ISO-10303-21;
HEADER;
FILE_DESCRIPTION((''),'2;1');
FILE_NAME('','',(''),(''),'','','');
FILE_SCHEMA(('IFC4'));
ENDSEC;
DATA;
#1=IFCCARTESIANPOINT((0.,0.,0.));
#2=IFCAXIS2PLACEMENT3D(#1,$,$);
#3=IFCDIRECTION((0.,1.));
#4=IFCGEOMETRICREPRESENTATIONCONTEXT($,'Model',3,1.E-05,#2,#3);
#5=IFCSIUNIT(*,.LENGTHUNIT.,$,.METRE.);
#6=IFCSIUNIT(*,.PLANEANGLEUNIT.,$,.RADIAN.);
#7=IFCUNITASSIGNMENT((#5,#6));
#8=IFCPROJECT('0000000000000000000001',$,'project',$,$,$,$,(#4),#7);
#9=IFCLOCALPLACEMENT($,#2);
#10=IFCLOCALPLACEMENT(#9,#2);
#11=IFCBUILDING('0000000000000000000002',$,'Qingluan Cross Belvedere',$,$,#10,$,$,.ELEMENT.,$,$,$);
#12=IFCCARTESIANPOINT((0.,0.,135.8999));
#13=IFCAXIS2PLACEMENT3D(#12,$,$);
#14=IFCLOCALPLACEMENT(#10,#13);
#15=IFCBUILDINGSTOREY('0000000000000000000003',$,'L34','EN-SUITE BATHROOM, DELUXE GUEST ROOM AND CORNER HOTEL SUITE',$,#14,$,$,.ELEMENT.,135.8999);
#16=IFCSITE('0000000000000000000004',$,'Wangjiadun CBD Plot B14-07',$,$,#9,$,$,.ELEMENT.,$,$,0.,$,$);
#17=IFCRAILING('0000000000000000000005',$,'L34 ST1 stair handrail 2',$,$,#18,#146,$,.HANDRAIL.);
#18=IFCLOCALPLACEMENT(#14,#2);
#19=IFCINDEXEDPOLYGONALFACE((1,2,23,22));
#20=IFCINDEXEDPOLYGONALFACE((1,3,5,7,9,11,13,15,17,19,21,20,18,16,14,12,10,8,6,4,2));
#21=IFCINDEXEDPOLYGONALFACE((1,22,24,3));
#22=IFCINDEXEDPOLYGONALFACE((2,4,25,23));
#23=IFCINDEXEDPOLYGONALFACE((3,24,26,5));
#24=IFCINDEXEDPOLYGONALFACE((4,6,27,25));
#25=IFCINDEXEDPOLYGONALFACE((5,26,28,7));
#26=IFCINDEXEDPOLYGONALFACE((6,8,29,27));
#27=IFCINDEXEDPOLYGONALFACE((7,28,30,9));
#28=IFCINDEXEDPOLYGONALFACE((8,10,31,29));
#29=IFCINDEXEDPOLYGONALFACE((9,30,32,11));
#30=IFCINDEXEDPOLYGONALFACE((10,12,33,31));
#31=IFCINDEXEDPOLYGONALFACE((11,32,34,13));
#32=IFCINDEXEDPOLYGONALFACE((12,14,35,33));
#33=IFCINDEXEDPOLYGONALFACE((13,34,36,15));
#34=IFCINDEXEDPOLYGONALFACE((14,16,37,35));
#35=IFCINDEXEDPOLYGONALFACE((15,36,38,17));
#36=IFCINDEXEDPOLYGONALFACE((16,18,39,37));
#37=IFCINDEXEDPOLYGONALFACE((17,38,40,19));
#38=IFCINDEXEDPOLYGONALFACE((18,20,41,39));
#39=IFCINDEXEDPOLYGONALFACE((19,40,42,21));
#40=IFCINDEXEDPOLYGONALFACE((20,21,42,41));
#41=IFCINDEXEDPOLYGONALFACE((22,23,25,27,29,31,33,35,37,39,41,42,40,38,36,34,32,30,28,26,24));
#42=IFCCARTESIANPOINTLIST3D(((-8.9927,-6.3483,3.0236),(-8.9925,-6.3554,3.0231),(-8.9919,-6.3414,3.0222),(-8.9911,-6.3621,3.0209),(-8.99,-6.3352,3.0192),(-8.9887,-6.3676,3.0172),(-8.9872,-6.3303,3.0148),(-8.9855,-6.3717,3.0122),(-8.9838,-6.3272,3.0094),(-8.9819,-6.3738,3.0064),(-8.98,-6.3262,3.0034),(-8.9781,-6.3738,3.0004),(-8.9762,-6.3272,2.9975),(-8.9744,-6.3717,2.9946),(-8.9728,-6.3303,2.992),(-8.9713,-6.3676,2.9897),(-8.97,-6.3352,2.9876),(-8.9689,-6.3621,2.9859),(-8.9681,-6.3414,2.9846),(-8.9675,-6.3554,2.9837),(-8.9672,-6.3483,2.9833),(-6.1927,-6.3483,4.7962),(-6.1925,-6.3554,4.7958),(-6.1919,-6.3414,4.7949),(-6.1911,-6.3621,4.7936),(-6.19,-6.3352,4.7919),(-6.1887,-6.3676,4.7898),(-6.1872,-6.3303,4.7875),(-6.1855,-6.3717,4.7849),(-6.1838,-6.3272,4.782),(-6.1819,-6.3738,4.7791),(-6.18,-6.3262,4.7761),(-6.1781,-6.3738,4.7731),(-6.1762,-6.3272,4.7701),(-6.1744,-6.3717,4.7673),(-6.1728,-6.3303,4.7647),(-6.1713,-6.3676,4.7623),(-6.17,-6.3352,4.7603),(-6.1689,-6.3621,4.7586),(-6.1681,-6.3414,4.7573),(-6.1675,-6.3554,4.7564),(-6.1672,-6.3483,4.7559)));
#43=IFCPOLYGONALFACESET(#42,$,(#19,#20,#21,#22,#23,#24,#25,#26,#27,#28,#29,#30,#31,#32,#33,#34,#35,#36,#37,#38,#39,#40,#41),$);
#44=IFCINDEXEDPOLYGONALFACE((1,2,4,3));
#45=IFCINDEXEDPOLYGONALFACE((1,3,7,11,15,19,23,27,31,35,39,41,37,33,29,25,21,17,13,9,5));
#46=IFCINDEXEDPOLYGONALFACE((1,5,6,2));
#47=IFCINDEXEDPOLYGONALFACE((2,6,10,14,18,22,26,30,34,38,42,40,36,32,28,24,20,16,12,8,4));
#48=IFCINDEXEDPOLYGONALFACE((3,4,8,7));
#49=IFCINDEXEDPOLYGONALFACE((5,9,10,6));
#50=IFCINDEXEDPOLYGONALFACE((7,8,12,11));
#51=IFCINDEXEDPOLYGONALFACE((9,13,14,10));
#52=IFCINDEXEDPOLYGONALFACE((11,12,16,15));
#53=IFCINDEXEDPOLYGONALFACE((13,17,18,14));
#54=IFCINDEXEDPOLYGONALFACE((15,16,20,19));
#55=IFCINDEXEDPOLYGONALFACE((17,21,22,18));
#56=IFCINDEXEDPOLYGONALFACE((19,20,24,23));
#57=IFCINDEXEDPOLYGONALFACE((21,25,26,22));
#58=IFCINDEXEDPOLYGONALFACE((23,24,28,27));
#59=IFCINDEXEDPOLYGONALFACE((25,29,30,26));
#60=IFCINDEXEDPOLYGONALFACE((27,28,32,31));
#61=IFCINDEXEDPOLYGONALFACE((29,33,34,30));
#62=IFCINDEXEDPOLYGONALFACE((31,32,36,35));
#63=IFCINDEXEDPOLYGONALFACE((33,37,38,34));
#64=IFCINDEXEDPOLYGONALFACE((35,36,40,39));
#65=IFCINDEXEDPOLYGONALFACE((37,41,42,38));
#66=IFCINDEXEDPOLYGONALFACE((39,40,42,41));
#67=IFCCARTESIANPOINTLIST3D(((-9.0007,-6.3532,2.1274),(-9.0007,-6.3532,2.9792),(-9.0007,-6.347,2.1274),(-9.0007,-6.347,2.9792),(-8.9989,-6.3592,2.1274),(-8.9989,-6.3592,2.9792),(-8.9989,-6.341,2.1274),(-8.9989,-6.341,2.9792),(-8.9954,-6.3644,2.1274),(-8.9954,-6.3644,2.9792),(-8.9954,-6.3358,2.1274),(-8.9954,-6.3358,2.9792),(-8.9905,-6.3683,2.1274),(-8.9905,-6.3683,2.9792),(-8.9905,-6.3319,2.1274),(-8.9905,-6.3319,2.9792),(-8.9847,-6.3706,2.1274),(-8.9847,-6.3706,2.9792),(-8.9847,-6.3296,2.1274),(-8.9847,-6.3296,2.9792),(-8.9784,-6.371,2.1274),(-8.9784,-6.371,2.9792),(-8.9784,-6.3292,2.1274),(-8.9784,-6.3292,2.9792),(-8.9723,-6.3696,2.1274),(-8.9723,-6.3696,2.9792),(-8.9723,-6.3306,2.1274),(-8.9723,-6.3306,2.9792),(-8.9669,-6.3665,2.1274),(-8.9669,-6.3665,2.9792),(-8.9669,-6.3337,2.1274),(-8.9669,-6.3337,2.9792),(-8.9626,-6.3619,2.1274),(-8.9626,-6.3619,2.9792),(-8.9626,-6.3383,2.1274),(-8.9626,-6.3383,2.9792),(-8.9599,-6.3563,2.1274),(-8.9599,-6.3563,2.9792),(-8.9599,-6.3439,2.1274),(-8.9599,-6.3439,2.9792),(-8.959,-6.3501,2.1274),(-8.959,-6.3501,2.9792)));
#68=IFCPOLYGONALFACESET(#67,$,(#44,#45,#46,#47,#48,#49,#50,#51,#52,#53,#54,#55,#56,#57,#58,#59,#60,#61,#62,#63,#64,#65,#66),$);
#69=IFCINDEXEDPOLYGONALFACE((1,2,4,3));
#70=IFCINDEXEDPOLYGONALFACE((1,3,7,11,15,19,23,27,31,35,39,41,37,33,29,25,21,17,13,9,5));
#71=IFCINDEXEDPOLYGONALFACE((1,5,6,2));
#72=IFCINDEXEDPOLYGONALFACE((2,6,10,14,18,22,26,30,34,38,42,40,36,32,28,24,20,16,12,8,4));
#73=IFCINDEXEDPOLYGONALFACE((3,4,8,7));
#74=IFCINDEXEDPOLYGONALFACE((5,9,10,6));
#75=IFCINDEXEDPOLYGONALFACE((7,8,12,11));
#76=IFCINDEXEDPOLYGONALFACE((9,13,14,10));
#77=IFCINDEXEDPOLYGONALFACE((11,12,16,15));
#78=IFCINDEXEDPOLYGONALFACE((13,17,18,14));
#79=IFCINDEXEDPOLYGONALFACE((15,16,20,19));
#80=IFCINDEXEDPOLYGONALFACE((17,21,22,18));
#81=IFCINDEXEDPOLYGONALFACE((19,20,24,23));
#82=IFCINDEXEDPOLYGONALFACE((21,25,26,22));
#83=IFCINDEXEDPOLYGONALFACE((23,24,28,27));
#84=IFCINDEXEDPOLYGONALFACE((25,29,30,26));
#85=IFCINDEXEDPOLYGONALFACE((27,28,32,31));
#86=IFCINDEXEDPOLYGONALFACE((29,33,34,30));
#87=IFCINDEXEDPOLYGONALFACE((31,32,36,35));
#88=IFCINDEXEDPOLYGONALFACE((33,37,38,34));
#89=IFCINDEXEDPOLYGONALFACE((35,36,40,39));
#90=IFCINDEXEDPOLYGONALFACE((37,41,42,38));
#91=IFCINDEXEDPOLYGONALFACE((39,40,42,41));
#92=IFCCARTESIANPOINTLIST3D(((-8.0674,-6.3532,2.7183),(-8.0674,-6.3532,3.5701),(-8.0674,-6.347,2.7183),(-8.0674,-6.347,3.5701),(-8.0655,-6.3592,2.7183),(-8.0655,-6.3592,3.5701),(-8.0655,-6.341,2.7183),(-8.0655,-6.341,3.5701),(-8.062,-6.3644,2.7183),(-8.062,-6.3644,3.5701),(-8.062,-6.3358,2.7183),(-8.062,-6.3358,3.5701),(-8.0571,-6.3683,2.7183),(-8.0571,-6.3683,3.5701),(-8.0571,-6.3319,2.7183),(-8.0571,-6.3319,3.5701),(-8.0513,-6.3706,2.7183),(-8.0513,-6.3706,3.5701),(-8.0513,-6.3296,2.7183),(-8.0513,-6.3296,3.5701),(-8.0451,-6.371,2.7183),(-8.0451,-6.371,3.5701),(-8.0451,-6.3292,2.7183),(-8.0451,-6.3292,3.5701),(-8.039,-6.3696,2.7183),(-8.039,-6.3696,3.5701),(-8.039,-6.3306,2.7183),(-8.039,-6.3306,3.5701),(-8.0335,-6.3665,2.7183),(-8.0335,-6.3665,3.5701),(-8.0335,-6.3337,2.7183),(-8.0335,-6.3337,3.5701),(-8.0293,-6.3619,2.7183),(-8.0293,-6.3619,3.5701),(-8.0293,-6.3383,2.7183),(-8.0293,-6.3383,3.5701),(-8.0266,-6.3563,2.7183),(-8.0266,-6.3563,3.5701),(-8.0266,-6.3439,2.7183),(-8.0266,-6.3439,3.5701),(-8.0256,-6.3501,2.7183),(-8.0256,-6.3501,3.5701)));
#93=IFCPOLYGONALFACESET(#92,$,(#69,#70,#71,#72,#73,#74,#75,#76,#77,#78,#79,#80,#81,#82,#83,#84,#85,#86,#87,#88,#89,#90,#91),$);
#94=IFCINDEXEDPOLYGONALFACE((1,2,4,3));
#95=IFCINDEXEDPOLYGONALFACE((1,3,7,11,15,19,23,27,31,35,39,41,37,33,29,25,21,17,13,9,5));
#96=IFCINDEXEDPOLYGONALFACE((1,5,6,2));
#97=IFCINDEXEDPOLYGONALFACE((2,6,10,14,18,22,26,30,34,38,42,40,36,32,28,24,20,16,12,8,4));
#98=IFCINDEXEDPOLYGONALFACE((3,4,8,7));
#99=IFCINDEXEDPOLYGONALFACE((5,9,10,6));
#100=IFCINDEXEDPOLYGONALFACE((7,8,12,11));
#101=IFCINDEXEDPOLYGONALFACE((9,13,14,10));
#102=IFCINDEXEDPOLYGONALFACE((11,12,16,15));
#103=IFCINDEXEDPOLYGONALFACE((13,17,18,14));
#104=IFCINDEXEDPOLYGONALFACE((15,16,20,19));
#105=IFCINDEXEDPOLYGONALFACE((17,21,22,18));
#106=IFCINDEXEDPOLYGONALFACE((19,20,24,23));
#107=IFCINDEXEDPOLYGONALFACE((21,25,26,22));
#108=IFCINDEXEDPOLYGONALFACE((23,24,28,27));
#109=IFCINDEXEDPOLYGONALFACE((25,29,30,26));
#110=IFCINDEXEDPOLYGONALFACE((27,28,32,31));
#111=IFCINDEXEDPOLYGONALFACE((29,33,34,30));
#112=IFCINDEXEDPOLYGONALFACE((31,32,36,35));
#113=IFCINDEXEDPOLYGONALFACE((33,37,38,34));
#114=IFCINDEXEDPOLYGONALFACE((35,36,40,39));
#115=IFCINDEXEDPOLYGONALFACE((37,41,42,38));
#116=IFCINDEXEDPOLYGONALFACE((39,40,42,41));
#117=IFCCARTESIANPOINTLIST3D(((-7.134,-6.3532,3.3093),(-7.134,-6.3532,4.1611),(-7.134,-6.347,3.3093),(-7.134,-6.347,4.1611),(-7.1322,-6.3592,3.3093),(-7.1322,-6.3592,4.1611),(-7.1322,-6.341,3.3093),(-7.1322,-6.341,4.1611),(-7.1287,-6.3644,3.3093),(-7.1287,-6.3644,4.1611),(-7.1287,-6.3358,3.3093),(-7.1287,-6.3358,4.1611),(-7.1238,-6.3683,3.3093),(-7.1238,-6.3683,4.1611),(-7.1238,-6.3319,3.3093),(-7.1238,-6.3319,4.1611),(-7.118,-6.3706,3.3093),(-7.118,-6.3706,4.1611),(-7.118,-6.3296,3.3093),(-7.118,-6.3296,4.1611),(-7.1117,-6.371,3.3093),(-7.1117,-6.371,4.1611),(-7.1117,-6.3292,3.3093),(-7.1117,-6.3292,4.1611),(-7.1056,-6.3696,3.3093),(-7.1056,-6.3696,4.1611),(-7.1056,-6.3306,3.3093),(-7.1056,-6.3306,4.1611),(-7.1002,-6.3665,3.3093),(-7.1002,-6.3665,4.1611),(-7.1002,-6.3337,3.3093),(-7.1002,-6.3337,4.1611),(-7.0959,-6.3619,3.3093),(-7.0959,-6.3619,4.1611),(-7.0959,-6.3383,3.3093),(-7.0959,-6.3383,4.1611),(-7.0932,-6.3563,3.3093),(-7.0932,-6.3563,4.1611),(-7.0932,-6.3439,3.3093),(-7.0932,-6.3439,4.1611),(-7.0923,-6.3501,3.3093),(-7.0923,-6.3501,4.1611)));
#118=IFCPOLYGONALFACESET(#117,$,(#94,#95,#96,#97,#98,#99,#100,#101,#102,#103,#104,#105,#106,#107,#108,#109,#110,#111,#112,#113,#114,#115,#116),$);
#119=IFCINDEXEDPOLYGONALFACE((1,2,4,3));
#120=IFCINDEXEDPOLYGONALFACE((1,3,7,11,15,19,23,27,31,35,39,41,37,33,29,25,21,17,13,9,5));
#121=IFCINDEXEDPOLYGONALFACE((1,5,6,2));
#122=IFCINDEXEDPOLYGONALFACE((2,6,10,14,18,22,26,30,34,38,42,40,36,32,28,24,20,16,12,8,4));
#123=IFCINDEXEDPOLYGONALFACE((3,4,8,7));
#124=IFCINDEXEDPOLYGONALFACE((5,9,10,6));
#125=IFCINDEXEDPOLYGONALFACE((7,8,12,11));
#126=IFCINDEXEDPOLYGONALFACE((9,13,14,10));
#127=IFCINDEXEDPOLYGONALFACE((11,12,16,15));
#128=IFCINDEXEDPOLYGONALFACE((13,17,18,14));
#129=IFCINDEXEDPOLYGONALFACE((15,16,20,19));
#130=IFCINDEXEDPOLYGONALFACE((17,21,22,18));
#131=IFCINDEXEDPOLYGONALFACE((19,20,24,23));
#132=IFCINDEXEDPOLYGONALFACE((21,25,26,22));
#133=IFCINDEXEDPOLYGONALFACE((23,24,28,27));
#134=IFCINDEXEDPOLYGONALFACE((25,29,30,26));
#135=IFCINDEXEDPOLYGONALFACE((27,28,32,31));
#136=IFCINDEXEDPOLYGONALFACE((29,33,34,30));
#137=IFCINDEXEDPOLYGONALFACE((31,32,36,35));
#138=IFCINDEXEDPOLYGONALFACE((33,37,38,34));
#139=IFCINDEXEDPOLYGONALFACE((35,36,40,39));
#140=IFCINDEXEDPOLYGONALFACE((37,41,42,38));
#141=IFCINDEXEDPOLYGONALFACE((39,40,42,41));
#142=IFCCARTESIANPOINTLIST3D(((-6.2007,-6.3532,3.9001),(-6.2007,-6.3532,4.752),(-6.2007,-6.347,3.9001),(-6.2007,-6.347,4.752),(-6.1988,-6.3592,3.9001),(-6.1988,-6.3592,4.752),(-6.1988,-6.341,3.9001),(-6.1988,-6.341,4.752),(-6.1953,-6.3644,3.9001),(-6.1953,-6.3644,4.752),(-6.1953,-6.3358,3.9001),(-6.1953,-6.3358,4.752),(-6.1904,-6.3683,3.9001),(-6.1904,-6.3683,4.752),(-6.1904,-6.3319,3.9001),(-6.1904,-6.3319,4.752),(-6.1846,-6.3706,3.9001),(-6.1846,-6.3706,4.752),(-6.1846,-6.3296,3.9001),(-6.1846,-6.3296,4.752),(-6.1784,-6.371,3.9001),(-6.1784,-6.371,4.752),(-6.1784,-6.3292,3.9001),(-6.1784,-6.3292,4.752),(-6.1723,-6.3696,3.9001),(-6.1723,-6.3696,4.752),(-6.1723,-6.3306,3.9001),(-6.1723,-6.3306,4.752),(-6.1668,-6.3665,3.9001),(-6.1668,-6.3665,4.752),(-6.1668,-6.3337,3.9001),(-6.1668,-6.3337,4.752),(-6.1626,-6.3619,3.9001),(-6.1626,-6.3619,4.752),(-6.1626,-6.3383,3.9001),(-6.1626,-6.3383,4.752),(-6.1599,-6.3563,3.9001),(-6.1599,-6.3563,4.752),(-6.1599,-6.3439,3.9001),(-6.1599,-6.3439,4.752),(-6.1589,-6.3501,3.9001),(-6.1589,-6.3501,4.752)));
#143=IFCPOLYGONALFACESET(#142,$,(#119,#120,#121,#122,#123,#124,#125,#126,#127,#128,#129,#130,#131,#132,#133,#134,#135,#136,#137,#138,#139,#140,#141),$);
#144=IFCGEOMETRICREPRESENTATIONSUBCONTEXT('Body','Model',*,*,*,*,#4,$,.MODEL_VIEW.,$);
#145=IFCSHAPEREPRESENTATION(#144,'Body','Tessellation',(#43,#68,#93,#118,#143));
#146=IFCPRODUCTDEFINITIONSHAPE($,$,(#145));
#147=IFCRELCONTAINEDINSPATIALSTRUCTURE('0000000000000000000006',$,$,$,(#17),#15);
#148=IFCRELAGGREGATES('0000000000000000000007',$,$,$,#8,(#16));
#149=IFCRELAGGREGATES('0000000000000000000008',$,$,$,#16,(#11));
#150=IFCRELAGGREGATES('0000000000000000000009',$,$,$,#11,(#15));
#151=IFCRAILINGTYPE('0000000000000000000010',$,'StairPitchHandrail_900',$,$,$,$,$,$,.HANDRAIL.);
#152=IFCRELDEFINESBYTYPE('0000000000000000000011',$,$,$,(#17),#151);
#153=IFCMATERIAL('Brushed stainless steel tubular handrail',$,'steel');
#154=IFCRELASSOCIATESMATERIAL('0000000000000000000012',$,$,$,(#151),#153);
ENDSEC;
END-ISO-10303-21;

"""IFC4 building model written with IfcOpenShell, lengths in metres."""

from ifc_helpers import new_model, si_unit, direction, frame, origin, origin_2d, place, context, subcontext, project, spatial, circle, extrude, material, type_object, element, save


model = new_model("IFC4")

# Units and contexts
model_context = context("Model", 3, precision=1e-05, world=origin(), true_north=direction((0.0, 1.0)))
body_context = subcontext(model_context, "Body", "Model", "MODEL_VIEW")
ifc_project = project(units=[si_unit("LENGTHUNIT", "METRE"), si_unit("PLANEANGLEUNIT", "RADIAN")], contexts=[model_context])

# Site, building, storey
site_placement = place(None, origin())
site = spatial("IfcSite", under=ifc_project, at=site_placement, Name="Wangjiadun CBD Plot B14-07", CompositionType="ELEMENT", RefElevation=0.0)
building_placement = place(site_placement, origin())
building = spatial("IfcBuilding", under=site, at=building_placement, Name="Qingluan Cross Belvedere", CompositionType="ELEMENT")
storey_placement = place(building_placement, frame((0.0, 0.0, 135.8999)))
storey = spatial("IfcBuildingStorey", under=building, at=storey_placement, Name="L34", Description="EN-SUITE BATHROOM, DELUXE GUEST ROOM AND CORNER HOTEL SUITE", CompositionType="ELEMENT", Elevation=135.8999)

# Railing
ifc_material_1 = material(Name="Brushed stainless steel tubular handrail", Category="steel")
railing_type_1 = type_object("IfcRailingType", Name="StairPitchHandrail_900", PredefinedType="HANDRAIL", material=ifc_material_1)
railing_1_placement = place(storey_placement, frame((-8.98, -6.3501, 2.1274)))
element("IfcRailing", 1, at=railing_1_placement, inside=storey, type_object=railing_type_1, Name="L34 ST1 stair handrail 2", PredefinedType="HANDRAIL", context=body_context, shape_type="SweptSolid", body=[
    extrude(circle(Radius=0.0239, at=origin_2d()), frame((0.0, 0.0, 0.876), z_axis=(0.844909, 0.0, 0.53491), x_axis=(0.0, 1.0, 0.0)), (0.0, 0.0, 1.0), 3.314),
    extrude(circle(Radius=0.021, at=origin_2d()), origin(), (0.0, 0.0, 1.0), 0.8518),
    extrude(circle(Radius=0.021, at=origin_2d()), frame((0.9333, 0.0, 0.5908)), (0.0, 0.0, 1.0), 0.8518),
    extrude(circle(Radius=0.021, at=origin_2d()), frame((1.8667, 0.0, 1.1819)), (0.0, 0.0, 1.0), 0.8518),
    extrude(circle(Radius=0.021, at=origin_2d()), frame((2.8, 0.0, 1.7727)), (0.0, 0.0, 1.0), 0.8518),
])

save(model, "model.ifc")
